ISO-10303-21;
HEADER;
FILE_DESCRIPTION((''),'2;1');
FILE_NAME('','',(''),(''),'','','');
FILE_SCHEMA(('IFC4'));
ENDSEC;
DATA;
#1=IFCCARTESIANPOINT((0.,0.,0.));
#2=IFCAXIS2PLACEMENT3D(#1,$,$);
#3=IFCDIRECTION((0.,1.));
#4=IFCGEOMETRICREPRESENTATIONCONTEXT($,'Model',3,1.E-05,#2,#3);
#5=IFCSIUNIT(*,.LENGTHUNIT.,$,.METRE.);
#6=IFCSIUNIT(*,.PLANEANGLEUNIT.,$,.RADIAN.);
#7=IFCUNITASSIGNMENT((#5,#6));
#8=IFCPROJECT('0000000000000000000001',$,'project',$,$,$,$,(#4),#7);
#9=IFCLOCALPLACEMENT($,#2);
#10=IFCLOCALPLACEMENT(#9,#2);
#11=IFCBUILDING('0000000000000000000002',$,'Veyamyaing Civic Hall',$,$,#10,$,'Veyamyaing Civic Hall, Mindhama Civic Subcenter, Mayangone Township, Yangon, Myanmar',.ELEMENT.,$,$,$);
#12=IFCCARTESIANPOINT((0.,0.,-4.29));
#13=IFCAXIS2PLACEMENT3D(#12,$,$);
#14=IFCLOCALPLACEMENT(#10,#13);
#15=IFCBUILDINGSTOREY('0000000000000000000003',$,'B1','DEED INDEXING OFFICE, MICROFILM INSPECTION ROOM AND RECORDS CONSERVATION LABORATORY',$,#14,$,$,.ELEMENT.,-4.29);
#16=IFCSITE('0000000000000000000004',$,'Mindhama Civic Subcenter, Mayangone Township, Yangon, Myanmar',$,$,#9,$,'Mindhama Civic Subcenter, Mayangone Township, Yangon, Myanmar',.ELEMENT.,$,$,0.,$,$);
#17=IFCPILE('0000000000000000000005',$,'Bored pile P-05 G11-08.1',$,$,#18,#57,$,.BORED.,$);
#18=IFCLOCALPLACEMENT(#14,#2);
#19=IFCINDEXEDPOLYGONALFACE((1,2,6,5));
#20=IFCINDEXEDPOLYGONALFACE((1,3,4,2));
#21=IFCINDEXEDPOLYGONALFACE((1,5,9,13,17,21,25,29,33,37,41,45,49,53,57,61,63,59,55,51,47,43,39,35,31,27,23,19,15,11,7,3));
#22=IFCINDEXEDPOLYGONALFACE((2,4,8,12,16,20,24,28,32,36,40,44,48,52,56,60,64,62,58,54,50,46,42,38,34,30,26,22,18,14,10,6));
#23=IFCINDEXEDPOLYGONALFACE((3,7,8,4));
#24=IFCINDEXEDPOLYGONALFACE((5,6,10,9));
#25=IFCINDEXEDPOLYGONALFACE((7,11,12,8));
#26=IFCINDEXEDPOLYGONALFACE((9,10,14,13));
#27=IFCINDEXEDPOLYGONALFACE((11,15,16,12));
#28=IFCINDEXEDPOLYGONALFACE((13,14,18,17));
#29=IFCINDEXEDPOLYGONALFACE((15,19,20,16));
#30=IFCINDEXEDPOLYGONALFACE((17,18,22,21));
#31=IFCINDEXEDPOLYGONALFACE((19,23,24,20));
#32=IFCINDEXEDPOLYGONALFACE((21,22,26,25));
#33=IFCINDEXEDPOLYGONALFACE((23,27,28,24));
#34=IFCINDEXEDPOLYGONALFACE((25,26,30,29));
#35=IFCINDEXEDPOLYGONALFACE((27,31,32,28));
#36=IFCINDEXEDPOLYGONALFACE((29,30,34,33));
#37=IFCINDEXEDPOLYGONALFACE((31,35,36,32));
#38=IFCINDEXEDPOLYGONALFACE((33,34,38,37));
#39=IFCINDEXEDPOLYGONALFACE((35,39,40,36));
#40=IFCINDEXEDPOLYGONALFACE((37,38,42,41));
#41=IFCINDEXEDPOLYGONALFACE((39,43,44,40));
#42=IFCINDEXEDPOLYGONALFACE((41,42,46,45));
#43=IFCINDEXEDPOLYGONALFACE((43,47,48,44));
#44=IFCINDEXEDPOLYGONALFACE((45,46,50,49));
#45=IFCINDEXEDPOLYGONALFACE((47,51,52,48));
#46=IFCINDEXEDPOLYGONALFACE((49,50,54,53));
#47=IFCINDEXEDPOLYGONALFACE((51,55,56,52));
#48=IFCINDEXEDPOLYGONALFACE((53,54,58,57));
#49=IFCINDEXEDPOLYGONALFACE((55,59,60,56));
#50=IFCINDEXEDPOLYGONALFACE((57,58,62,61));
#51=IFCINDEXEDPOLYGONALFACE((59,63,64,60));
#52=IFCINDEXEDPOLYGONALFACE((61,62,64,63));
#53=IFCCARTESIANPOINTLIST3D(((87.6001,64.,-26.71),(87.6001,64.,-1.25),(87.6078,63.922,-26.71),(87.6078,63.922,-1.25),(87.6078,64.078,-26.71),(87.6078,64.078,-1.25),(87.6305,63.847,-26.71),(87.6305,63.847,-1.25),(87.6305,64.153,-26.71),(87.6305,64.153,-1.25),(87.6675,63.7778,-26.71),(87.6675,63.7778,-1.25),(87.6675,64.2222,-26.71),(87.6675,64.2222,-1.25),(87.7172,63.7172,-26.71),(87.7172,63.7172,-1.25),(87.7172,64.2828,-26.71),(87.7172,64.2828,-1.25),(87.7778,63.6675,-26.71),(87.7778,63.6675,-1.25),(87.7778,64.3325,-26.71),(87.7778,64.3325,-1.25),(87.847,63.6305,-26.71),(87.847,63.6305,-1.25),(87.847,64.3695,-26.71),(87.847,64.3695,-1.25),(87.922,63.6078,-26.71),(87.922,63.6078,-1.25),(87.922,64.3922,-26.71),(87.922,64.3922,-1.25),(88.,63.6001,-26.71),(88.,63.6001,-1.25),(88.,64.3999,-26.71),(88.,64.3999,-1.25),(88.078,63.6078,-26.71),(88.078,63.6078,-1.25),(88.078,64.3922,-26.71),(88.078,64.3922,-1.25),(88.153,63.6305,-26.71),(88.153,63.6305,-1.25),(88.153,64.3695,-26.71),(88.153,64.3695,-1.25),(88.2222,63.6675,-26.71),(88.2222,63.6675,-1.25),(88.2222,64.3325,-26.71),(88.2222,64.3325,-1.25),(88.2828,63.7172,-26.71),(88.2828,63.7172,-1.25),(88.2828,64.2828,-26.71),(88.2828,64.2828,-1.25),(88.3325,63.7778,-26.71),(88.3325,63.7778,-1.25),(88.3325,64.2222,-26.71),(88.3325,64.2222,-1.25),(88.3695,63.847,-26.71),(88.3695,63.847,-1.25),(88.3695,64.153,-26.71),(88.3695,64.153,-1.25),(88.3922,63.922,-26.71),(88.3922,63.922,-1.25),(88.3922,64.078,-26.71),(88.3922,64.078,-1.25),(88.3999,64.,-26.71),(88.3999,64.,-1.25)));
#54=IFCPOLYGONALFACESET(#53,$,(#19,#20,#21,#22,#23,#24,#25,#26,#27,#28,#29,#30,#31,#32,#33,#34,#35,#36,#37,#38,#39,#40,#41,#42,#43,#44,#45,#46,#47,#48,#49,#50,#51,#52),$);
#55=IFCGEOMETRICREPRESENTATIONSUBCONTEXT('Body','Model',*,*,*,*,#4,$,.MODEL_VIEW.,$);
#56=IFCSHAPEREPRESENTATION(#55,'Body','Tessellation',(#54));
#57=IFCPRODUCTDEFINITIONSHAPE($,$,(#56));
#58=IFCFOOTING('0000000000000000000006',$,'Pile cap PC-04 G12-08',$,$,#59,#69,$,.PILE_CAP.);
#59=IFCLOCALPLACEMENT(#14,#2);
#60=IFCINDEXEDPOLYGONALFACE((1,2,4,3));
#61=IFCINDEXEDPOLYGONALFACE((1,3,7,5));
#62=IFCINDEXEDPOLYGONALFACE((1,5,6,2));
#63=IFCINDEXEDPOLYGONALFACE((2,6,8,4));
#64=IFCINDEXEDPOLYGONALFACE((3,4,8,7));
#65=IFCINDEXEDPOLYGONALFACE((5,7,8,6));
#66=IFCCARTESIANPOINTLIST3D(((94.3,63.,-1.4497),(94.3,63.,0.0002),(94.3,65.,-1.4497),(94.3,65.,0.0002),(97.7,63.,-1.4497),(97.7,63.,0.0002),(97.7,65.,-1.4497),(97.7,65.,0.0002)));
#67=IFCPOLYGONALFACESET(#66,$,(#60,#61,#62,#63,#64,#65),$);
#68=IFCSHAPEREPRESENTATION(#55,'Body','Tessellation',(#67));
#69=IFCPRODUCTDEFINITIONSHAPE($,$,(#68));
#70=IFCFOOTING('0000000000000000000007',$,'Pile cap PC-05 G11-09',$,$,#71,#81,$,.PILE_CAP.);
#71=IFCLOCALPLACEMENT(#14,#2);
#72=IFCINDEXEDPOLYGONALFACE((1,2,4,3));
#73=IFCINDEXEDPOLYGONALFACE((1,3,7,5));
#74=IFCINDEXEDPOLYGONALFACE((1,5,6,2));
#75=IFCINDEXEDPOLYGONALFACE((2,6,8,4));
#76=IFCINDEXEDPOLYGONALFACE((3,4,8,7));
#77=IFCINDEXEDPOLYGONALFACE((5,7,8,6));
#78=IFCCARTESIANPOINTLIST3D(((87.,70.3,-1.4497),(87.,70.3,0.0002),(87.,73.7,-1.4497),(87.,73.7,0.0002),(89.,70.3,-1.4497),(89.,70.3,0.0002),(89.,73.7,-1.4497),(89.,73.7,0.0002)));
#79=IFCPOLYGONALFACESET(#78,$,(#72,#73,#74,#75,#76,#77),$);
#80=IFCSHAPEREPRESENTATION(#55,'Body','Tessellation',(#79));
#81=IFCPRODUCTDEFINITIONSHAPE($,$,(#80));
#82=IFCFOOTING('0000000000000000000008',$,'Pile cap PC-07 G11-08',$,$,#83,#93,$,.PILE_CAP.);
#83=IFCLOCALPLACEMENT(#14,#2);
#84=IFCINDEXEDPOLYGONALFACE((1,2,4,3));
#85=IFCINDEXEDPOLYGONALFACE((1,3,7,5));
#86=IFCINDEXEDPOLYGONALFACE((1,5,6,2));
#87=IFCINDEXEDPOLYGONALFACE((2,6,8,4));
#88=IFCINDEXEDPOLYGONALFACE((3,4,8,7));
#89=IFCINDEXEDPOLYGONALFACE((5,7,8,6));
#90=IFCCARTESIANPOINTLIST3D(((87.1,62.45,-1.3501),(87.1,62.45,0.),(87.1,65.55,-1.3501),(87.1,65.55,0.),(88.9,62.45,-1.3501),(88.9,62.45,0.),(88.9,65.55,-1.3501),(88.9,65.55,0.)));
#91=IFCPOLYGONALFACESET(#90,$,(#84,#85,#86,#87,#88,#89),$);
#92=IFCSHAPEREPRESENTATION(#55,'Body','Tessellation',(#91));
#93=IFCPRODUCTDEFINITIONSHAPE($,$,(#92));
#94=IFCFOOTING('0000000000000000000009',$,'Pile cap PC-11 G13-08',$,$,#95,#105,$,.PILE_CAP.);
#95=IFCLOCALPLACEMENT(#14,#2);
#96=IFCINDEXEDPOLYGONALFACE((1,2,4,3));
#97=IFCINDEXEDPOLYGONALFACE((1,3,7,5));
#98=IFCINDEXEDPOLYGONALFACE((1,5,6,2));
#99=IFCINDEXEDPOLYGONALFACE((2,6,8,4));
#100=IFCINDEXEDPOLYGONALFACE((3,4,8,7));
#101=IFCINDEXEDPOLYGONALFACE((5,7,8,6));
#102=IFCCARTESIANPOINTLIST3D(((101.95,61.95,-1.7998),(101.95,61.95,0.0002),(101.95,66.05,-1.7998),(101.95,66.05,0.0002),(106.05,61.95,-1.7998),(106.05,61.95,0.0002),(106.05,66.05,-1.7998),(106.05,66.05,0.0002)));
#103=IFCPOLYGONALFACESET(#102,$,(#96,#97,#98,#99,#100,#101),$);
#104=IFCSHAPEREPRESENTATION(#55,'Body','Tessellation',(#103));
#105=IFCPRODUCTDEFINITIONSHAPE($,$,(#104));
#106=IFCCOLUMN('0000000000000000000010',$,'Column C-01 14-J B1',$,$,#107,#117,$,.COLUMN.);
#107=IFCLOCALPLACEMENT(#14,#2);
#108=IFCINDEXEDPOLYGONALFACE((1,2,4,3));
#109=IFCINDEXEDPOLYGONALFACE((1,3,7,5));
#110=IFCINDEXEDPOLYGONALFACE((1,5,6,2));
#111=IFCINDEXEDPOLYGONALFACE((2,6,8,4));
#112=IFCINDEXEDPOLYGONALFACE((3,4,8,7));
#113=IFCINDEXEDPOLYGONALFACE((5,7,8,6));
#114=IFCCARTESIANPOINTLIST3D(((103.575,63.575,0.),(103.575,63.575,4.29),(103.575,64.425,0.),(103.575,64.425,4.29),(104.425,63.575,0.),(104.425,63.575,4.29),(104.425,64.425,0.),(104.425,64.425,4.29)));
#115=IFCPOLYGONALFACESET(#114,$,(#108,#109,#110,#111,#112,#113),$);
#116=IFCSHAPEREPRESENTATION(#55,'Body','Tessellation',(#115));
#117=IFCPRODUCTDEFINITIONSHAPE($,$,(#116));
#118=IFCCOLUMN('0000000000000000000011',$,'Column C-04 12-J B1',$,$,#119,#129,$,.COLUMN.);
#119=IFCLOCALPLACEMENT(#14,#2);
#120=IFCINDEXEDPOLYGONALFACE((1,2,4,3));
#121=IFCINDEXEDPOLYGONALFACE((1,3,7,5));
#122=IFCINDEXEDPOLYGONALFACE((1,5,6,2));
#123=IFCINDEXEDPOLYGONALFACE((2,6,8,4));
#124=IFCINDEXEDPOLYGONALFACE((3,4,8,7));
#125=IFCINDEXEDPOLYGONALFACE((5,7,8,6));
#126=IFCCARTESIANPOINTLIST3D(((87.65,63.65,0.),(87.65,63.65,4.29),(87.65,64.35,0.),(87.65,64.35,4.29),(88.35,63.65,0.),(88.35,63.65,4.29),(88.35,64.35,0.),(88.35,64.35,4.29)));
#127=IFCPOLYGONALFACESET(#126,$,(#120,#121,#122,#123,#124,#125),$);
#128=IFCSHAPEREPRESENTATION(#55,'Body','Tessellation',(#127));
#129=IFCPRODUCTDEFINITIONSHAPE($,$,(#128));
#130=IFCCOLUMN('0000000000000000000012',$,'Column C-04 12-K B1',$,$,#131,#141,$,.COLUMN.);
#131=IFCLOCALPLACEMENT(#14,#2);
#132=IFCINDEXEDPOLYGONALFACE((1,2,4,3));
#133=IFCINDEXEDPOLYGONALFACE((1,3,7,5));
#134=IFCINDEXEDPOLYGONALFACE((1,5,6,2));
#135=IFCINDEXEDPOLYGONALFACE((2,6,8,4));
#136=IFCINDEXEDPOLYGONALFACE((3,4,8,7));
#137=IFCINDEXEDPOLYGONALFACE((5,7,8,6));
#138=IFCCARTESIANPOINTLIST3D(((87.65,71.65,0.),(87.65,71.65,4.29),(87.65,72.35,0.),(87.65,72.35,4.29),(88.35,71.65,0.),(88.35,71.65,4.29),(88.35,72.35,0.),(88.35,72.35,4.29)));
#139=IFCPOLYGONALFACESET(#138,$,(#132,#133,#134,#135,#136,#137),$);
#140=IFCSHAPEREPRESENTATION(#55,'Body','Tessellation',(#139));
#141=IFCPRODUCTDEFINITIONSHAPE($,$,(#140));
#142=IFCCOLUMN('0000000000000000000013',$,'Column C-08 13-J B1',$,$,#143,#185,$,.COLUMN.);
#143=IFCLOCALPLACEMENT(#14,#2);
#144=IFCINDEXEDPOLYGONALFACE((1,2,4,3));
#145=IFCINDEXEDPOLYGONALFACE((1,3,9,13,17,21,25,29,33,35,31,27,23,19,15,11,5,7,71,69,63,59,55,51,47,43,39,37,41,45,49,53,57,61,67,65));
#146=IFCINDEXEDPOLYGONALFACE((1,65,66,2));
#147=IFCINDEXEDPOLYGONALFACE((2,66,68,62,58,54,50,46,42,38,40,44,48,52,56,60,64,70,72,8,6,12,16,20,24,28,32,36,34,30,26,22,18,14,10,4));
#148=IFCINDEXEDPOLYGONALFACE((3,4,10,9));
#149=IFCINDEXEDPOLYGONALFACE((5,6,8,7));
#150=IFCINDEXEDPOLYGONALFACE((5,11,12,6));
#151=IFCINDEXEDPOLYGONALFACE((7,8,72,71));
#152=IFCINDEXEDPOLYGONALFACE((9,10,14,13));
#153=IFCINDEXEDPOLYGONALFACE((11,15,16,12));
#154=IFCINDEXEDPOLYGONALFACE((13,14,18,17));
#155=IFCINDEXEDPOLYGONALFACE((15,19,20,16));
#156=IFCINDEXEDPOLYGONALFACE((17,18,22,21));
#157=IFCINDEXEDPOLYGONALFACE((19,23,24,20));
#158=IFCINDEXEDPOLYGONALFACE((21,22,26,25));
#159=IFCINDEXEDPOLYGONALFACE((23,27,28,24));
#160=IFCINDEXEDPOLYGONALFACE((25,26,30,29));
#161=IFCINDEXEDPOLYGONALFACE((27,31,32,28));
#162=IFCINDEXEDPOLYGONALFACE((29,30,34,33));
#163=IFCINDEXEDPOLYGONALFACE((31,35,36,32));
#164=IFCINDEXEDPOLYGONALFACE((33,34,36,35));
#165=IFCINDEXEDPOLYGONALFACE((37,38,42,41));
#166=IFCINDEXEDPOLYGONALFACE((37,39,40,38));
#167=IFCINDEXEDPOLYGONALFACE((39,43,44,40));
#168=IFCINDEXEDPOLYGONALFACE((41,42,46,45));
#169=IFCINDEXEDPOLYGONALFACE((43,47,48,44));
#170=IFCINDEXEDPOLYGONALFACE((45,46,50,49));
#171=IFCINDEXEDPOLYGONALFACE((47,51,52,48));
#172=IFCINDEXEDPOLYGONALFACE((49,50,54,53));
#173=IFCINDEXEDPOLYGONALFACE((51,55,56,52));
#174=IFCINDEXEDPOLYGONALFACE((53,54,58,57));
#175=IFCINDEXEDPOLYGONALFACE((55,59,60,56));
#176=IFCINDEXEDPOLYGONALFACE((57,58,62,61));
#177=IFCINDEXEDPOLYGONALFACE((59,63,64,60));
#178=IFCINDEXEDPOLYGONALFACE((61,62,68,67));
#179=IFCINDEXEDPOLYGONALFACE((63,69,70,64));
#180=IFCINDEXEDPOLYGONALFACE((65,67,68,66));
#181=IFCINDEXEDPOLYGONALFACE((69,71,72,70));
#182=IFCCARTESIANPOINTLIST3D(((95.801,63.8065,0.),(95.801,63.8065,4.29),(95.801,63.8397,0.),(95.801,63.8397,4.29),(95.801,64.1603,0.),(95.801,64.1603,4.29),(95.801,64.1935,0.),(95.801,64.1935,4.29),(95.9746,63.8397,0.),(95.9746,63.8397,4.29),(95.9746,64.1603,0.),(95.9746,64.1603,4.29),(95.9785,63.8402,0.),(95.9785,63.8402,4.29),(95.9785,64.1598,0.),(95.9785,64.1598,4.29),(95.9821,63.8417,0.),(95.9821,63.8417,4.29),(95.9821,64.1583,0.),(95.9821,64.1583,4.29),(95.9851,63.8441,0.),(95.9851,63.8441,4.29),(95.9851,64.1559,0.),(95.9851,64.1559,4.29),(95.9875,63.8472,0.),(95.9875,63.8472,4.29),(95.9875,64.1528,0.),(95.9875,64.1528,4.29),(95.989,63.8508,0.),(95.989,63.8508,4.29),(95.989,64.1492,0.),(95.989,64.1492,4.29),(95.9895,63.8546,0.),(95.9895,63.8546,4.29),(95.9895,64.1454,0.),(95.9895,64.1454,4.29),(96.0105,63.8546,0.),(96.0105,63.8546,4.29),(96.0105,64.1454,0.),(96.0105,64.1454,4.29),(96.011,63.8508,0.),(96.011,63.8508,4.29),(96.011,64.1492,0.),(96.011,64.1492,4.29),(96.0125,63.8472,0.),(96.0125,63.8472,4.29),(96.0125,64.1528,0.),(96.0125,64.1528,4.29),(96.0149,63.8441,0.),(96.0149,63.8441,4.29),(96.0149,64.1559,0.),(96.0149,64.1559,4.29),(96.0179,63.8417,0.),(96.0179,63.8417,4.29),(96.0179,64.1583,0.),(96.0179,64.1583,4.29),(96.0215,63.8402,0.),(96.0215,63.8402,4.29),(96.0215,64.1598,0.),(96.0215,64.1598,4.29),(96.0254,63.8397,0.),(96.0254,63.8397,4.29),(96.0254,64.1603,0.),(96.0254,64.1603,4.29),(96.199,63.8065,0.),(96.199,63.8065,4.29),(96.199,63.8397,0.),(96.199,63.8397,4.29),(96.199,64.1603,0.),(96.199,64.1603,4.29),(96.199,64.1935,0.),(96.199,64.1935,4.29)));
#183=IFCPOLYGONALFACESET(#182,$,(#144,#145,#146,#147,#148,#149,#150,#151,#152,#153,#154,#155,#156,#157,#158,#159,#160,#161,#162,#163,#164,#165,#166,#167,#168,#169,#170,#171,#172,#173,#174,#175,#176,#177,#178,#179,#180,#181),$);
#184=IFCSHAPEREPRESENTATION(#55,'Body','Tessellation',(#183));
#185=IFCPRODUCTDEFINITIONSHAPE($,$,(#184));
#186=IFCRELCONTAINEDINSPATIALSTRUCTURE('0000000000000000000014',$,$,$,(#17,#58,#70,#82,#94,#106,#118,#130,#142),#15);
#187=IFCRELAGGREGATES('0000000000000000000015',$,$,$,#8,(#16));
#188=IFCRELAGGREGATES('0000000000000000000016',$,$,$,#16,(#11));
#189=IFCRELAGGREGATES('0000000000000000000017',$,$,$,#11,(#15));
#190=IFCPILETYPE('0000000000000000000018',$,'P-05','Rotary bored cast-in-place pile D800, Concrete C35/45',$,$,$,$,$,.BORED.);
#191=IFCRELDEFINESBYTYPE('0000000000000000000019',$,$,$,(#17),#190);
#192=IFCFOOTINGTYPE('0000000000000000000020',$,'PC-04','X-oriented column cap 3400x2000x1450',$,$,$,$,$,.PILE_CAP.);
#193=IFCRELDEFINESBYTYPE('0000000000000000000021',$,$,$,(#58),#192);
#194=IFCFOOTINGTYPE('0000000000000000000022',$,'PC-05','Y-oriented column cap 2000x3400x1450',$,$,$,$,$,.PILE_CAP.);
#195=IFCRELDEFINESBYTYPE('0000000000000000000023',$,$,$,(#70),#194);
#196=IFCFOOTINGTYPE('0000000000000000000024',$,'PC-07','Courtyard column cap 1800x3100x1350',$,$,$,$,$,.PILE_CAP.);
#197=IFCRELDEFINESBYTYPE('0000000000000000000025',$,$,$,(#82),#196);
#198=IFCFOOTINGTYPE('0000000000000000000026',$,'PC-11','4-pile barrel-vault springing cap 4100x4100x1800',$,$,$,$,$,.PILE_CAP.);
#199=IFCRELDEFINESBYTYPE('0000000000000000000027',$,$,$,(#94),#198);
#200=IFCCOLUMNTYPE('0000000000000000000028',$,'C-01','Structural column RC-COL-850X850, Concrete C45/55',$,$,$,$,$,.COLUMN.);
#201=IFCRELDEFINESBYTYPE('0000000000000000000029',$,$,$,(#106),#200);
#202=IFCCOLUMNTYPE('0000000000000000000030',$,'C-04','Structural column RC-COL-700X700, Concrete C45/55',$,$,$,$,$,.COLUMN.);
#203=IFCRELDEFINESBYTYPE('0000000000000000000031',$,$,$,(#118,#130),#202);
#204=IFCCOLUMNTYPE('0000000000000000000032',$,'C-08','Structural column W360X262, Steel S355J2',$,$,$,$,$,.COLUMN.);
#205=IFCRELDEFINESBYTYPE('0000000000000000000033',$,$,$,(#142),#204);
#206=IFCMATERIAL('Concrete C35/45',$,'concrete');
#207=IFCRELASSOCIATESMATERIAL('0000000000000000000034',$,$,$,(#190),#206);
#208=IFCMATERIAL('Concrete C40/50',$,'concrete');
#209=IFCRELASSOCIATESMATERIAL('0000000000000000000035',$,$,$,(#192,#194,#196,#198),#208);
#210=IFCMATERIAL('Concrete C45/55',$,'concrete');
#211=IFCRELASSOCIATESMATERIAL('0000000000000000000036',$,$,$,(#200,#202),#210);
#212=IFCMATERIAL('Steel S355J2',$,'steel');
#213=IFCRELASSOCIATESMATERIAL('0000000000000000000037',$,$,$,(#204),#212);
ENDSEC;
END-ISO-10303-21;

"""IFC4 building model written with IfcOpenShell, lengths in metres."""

from ifc_helpers import new_model, si_unit, direction, frame, origin, origin_2d, place, context, subcontext, project, spatial, rectangle, circle, i_section, extrude, material, material_profile, profile_set, type_object, element, save


model = new_model("IFC4")

# Units and contexts
model_context = context("Model", 3, precision=1e-05, world=origin(), true_north=direction((0.0, 1.0)))
body_context = subcontext(model_context, "Body", "Model", "MODEL_VIEW")
ifc_project = project(units=[si_unit("LENGTHUNIT", "METRE"), si_unit("PLANEANGLEUNIT", "RADIAN")], contexts=[model_context])

# Site, building, storey
site_placement = place(None, origin())
site = spatial("IfcSite", under=ifc_project, at=site_placement, Name="Mindhama Civic Subcenter, Mayangone Township, Yangon, Myanmar", LongName="Mindhama Civic Subcenter, Mayangone Township, Yangon, Myanmar", CompositionType="ELEMENT", RefElevation=0.0)
building_placement = place(site_placement, origin())
building = spatial("IfcBuilding", under=site, at=building_placement, Name="Veyamyaing Civic Hall", LongName="Veyamyaing Civic Hall, Mindhama Civic Subcenter, Mayangone Township, Yangon, Myanmar", CompositionType="ELEMENT")
storey_placement = place(building_placement, frame((0.0, 0.0, -4.29)))
storey = spatial("IfcBuildingStorey", under=building, at=storey_placement, Name="B1", Description="DEED INDEXING OFFICE, MICROFILM INSPECTION ROOM AND RECORDS CONSERVATION LABORATORY", CompositionType="ELEMENT", Elevation=-4.29)

# Shared definitions
ifc_material_1 = material(Name="Concrete C40/50", Category="concrete")

# Pile
ifc_material_2 = material(Name="Concrete C35/45", Category="concrete")
ifc_material_profile_1 = material_profile(ifc_material_2, circle(Radius=0.3999, at=origin_2d()), Name="PILE-D800")
ifc_profile_set_1 = profile_set([ifc_material_profile_1], Name="Concrete C35/45")
pile_type_1 = type_object("IfcPileType", Name="P-05", Description="Rotary bored cast-in-place pile D800, Concrete C35/45", PredefinedType="BORED", material=ifc_profile_set_1)
pile_1_placement = place(storey_placement, frame((88.0, 64.0, -1.25), z_axis=(0.0, 0.0, -1.0), x_axis=(1.0, 0.0, 0.0)))
element("IfcPile", 1, at=pile_1_placement, inside=storey, type_object=pile_type_1, Name="Bored pile P-05 G11-08.1", PredefinedType="BORED", context=body_context, shape_type="SweptSolid", body=[
    extrude(circle(Radius=0.3999, at=origin_2d()), origin(), (0.0, 0.0, 1.0), 25.46),
])

# Footings
footing_type_1 = type_object("IfcFootingType", Name="PC-04", Description="X-oriented column cap 3400x2000x1450", PredefinedType="PILE_CAP", material=ifc_material_1)
footing_1_placement = place(storey_placement, frame((96.0, 64.0, -1.4497), z_axis=(0.0, 0.0, 1.0), x_axis=(1.0, 0.0, 0.0)))
element("IfcFooting", 2, at=footing_1_placement, inside=storey, type_object=footing_type_1, Name="Pile cap PC-04 G12-08", PredefinedType="PILE_CAP", context=body_context, shape_type="SweptSolid", body=[
    extrude(rectangle(XDim=3.3999, YDim=2.0, at=origin_2d()), origin(), (0.0, 0.0, 1.0), 1.45),
])
footing_type_2 = type_object("IfcFootingType", Name="PC-05", Description="Y-oriented column cap 2000x3400x1450", PredefinedType="PILE_CAP", material=ifc_material_1)
footing_2_placement = place(storey_placement, frame((88.0, 72.0, -1.4497), z_axis=(0.0, 0.0, 1.0), x_axis=(1.0, 0.0, 0.0)))
element("IfcFooting", 3, at=footing_2_placement, inside=storey, type_object=footing_type_2, Name="Pile cap PC-05 G11-09", PredefinedType="PILE_CAP", context=body_context, shape_type="SweptSolid", body=[
    extrude(rectangle(XDim=2.0, YDim=3.3999, at=origin_2d()), origin(), (0.0, 0.0, 1.0), 1.45),
])
footing_type_3 = type_object("IfcFootingType", Name="PC-07", Description="Courtyard column cap 1800x3100x1350", PredefinedType="PILE_CAP", material=ifc_material_1)
footing_3_placement = place(storey_placement, frame((88.0, 64.0, -1.3501), z_axis=(0.0, 0.0, 1.0), x_axis=(1.0, 0.0, 0.0)))
element("IfcFooting", 4, at=footing_3_placement, inside=storey, type_object=footing_type_3, Name="Pile cap PC-07 G11-08", PredefinedType="PILE_CAP", context=body_context, shape_type="SweptSolid", body=[
    extrude(rectangle(XDim=1.8, YDim=3.1001, at=origin_2d()), origin(), (0.0, 0.0, 1.0), 1.3501),
])
footing_type_4 = type_object("IfcFootingType", Name="PC-11", Description="4-pile barrel-vault springing cap 4100x4100x1800", PredefinedType="PILE_CAP", material=ifc_material_1)
footing_4_placement = place(storey_placement, frame((104.0, 64.0, -1.7998), z_axis=(0.0, 0.0, 1.0), x_axis=(1.0, 0.0, 0.0)))
element("IfcFooting", 5, at=footing_4_placement, inside=storey, type_object=footing_type_4, Name="Pile cap PC-11 G13-08", PredefinedType="PILE_CAP", context=body_context, shape_type="SweptSolid", body=[
    extrude(rectangle(XDim=4.1001, YDim=4.1001, at=origin_2d()), origin(), (0.0, 0.0, 1.0), 1.8),
])

# Columns
ifc_material_3 = material(Name="Concrete C45/55", Category="concrete")
ifc_material_profile_2 = material_profile(ifc_material_3, rectangle(XDim=0.8501, YDim=0.8501, at=origin_2d()), Name="RC-COL-850X850")
ifc_profile_set_2 = profile_set([ifc_material_profile_2], Name="Concrete C45/55")
column_type_1 = type_object("IfcColumnType", Name="C-01", Description="Structural column RC-COL-850X850, Concrete C45/55", PredefinedType="COLUMN", material=ifc_profile_set_2)
column_1_placement = place(storey_placement, frame((104.0, 64.0, 0.0), z_axis=(0.0, 0.0, 1.0), x_axis=(1.0, 0.0, 0.0)))
element("IfcColumn", 6, at=column_1_placement, inside=storey, type_object=column_type_1, Name="Column C-01 14-J B1", PredefinedType="COLUMN", context=body_context, shape_type="SweptSolid", body=[
    extrude(rectangle(XDim=0.8501, YDim=0.8501, at=origin_2d()), origin(), (0.0, 0.0, 1.0), 4.29),
])
ifc_material_profile_3 = material_profile(ifc_material_3, rectangle(XDim=0.7, YDim=0.7, at=origin_2d()), Name="RC-COL-700X700")
ifc_profile_set_3 = profile_set([ifc_material_profile_3], Name="Concrete C45/55")
column_type_2 = type_object("IfcColumnType", Name="C-04", Description="Structural column RC-COL-700X700, Concrete C45/55", PredefinedType="COLUMN", material=ifc_profile_set_3)
for number, where, z_axis, x_axis, name in (
    (7, (88.0, 64.0, 0.0), (0.0, 0.0, 1.0), (1.0, 0.0, 0.0), "Column C-04 12-J B1"),
    (8, (88.0, 72.0, 0.0), (0.0, 0.0, 1.0), (1.0, 0.0, 0.0), "Column C-04 12-K B1"),
):
    element("IfcColumn", number, at=place(storey_placement, frame(where, z_axis=z_axis, x_axis=x_axis)), inside=storey, type_object=column_type_2, Name=name, PredefinedType="COLUMN", context=body_context, shape_type="SweptSolid", body=[
        extrude(rectangle(XDim=0.7, YDim=0.7, at=origin_2d()), origin(), (0.0, 0.0, 1.0), 4.29),
    ])
ifc_material_4 = material(Name="Steel S355J2", Category="steel")
ifc_material_profile_4 = material_profile(ifc_material_4, i_section(OverallWidth=0.3979, OverallDepth=0.387, WebThickness=0.021, FlangeThickness=0.0332, FilletRadius=0.0149, at=origin_2d()), Name="W360X262")
ifc_profile_set_4 = profile_set([ifc_material_profile_4], Name="Steel S355J2")
column_type_3 = type_object("IfcColumnType", Name="C-08", Description="Structural column W360X262, Steel S355J2", PredefinedType="COLUMN", material=ifc_profile_set_4)
column_2_placement = place(storey_placement, frame((96.0, 64.0, 0.0), z_axis=(0.0, 0.0, 1.0), x_axis=(1.0, 0.0, 0.0)))
element("IfcColumn", 9, at=column_2_placement, inside=storey, type_object=column_type_3, Name="Column C-08 13-J B1", PredefinedType="COLUMN", context=body_context, shape_type="SweptSolid", body=[
    extrude(i_section(OverallWidth=0.3979, OverallDepth=0.387, WebThickness=0.021, FlangeThickness=0.0332, FilletRadius=0.0149, at=origin_2d()), origin(), (0.0, 0.0, 1.0), 4.29),
])

save(model, "model.ifc")
